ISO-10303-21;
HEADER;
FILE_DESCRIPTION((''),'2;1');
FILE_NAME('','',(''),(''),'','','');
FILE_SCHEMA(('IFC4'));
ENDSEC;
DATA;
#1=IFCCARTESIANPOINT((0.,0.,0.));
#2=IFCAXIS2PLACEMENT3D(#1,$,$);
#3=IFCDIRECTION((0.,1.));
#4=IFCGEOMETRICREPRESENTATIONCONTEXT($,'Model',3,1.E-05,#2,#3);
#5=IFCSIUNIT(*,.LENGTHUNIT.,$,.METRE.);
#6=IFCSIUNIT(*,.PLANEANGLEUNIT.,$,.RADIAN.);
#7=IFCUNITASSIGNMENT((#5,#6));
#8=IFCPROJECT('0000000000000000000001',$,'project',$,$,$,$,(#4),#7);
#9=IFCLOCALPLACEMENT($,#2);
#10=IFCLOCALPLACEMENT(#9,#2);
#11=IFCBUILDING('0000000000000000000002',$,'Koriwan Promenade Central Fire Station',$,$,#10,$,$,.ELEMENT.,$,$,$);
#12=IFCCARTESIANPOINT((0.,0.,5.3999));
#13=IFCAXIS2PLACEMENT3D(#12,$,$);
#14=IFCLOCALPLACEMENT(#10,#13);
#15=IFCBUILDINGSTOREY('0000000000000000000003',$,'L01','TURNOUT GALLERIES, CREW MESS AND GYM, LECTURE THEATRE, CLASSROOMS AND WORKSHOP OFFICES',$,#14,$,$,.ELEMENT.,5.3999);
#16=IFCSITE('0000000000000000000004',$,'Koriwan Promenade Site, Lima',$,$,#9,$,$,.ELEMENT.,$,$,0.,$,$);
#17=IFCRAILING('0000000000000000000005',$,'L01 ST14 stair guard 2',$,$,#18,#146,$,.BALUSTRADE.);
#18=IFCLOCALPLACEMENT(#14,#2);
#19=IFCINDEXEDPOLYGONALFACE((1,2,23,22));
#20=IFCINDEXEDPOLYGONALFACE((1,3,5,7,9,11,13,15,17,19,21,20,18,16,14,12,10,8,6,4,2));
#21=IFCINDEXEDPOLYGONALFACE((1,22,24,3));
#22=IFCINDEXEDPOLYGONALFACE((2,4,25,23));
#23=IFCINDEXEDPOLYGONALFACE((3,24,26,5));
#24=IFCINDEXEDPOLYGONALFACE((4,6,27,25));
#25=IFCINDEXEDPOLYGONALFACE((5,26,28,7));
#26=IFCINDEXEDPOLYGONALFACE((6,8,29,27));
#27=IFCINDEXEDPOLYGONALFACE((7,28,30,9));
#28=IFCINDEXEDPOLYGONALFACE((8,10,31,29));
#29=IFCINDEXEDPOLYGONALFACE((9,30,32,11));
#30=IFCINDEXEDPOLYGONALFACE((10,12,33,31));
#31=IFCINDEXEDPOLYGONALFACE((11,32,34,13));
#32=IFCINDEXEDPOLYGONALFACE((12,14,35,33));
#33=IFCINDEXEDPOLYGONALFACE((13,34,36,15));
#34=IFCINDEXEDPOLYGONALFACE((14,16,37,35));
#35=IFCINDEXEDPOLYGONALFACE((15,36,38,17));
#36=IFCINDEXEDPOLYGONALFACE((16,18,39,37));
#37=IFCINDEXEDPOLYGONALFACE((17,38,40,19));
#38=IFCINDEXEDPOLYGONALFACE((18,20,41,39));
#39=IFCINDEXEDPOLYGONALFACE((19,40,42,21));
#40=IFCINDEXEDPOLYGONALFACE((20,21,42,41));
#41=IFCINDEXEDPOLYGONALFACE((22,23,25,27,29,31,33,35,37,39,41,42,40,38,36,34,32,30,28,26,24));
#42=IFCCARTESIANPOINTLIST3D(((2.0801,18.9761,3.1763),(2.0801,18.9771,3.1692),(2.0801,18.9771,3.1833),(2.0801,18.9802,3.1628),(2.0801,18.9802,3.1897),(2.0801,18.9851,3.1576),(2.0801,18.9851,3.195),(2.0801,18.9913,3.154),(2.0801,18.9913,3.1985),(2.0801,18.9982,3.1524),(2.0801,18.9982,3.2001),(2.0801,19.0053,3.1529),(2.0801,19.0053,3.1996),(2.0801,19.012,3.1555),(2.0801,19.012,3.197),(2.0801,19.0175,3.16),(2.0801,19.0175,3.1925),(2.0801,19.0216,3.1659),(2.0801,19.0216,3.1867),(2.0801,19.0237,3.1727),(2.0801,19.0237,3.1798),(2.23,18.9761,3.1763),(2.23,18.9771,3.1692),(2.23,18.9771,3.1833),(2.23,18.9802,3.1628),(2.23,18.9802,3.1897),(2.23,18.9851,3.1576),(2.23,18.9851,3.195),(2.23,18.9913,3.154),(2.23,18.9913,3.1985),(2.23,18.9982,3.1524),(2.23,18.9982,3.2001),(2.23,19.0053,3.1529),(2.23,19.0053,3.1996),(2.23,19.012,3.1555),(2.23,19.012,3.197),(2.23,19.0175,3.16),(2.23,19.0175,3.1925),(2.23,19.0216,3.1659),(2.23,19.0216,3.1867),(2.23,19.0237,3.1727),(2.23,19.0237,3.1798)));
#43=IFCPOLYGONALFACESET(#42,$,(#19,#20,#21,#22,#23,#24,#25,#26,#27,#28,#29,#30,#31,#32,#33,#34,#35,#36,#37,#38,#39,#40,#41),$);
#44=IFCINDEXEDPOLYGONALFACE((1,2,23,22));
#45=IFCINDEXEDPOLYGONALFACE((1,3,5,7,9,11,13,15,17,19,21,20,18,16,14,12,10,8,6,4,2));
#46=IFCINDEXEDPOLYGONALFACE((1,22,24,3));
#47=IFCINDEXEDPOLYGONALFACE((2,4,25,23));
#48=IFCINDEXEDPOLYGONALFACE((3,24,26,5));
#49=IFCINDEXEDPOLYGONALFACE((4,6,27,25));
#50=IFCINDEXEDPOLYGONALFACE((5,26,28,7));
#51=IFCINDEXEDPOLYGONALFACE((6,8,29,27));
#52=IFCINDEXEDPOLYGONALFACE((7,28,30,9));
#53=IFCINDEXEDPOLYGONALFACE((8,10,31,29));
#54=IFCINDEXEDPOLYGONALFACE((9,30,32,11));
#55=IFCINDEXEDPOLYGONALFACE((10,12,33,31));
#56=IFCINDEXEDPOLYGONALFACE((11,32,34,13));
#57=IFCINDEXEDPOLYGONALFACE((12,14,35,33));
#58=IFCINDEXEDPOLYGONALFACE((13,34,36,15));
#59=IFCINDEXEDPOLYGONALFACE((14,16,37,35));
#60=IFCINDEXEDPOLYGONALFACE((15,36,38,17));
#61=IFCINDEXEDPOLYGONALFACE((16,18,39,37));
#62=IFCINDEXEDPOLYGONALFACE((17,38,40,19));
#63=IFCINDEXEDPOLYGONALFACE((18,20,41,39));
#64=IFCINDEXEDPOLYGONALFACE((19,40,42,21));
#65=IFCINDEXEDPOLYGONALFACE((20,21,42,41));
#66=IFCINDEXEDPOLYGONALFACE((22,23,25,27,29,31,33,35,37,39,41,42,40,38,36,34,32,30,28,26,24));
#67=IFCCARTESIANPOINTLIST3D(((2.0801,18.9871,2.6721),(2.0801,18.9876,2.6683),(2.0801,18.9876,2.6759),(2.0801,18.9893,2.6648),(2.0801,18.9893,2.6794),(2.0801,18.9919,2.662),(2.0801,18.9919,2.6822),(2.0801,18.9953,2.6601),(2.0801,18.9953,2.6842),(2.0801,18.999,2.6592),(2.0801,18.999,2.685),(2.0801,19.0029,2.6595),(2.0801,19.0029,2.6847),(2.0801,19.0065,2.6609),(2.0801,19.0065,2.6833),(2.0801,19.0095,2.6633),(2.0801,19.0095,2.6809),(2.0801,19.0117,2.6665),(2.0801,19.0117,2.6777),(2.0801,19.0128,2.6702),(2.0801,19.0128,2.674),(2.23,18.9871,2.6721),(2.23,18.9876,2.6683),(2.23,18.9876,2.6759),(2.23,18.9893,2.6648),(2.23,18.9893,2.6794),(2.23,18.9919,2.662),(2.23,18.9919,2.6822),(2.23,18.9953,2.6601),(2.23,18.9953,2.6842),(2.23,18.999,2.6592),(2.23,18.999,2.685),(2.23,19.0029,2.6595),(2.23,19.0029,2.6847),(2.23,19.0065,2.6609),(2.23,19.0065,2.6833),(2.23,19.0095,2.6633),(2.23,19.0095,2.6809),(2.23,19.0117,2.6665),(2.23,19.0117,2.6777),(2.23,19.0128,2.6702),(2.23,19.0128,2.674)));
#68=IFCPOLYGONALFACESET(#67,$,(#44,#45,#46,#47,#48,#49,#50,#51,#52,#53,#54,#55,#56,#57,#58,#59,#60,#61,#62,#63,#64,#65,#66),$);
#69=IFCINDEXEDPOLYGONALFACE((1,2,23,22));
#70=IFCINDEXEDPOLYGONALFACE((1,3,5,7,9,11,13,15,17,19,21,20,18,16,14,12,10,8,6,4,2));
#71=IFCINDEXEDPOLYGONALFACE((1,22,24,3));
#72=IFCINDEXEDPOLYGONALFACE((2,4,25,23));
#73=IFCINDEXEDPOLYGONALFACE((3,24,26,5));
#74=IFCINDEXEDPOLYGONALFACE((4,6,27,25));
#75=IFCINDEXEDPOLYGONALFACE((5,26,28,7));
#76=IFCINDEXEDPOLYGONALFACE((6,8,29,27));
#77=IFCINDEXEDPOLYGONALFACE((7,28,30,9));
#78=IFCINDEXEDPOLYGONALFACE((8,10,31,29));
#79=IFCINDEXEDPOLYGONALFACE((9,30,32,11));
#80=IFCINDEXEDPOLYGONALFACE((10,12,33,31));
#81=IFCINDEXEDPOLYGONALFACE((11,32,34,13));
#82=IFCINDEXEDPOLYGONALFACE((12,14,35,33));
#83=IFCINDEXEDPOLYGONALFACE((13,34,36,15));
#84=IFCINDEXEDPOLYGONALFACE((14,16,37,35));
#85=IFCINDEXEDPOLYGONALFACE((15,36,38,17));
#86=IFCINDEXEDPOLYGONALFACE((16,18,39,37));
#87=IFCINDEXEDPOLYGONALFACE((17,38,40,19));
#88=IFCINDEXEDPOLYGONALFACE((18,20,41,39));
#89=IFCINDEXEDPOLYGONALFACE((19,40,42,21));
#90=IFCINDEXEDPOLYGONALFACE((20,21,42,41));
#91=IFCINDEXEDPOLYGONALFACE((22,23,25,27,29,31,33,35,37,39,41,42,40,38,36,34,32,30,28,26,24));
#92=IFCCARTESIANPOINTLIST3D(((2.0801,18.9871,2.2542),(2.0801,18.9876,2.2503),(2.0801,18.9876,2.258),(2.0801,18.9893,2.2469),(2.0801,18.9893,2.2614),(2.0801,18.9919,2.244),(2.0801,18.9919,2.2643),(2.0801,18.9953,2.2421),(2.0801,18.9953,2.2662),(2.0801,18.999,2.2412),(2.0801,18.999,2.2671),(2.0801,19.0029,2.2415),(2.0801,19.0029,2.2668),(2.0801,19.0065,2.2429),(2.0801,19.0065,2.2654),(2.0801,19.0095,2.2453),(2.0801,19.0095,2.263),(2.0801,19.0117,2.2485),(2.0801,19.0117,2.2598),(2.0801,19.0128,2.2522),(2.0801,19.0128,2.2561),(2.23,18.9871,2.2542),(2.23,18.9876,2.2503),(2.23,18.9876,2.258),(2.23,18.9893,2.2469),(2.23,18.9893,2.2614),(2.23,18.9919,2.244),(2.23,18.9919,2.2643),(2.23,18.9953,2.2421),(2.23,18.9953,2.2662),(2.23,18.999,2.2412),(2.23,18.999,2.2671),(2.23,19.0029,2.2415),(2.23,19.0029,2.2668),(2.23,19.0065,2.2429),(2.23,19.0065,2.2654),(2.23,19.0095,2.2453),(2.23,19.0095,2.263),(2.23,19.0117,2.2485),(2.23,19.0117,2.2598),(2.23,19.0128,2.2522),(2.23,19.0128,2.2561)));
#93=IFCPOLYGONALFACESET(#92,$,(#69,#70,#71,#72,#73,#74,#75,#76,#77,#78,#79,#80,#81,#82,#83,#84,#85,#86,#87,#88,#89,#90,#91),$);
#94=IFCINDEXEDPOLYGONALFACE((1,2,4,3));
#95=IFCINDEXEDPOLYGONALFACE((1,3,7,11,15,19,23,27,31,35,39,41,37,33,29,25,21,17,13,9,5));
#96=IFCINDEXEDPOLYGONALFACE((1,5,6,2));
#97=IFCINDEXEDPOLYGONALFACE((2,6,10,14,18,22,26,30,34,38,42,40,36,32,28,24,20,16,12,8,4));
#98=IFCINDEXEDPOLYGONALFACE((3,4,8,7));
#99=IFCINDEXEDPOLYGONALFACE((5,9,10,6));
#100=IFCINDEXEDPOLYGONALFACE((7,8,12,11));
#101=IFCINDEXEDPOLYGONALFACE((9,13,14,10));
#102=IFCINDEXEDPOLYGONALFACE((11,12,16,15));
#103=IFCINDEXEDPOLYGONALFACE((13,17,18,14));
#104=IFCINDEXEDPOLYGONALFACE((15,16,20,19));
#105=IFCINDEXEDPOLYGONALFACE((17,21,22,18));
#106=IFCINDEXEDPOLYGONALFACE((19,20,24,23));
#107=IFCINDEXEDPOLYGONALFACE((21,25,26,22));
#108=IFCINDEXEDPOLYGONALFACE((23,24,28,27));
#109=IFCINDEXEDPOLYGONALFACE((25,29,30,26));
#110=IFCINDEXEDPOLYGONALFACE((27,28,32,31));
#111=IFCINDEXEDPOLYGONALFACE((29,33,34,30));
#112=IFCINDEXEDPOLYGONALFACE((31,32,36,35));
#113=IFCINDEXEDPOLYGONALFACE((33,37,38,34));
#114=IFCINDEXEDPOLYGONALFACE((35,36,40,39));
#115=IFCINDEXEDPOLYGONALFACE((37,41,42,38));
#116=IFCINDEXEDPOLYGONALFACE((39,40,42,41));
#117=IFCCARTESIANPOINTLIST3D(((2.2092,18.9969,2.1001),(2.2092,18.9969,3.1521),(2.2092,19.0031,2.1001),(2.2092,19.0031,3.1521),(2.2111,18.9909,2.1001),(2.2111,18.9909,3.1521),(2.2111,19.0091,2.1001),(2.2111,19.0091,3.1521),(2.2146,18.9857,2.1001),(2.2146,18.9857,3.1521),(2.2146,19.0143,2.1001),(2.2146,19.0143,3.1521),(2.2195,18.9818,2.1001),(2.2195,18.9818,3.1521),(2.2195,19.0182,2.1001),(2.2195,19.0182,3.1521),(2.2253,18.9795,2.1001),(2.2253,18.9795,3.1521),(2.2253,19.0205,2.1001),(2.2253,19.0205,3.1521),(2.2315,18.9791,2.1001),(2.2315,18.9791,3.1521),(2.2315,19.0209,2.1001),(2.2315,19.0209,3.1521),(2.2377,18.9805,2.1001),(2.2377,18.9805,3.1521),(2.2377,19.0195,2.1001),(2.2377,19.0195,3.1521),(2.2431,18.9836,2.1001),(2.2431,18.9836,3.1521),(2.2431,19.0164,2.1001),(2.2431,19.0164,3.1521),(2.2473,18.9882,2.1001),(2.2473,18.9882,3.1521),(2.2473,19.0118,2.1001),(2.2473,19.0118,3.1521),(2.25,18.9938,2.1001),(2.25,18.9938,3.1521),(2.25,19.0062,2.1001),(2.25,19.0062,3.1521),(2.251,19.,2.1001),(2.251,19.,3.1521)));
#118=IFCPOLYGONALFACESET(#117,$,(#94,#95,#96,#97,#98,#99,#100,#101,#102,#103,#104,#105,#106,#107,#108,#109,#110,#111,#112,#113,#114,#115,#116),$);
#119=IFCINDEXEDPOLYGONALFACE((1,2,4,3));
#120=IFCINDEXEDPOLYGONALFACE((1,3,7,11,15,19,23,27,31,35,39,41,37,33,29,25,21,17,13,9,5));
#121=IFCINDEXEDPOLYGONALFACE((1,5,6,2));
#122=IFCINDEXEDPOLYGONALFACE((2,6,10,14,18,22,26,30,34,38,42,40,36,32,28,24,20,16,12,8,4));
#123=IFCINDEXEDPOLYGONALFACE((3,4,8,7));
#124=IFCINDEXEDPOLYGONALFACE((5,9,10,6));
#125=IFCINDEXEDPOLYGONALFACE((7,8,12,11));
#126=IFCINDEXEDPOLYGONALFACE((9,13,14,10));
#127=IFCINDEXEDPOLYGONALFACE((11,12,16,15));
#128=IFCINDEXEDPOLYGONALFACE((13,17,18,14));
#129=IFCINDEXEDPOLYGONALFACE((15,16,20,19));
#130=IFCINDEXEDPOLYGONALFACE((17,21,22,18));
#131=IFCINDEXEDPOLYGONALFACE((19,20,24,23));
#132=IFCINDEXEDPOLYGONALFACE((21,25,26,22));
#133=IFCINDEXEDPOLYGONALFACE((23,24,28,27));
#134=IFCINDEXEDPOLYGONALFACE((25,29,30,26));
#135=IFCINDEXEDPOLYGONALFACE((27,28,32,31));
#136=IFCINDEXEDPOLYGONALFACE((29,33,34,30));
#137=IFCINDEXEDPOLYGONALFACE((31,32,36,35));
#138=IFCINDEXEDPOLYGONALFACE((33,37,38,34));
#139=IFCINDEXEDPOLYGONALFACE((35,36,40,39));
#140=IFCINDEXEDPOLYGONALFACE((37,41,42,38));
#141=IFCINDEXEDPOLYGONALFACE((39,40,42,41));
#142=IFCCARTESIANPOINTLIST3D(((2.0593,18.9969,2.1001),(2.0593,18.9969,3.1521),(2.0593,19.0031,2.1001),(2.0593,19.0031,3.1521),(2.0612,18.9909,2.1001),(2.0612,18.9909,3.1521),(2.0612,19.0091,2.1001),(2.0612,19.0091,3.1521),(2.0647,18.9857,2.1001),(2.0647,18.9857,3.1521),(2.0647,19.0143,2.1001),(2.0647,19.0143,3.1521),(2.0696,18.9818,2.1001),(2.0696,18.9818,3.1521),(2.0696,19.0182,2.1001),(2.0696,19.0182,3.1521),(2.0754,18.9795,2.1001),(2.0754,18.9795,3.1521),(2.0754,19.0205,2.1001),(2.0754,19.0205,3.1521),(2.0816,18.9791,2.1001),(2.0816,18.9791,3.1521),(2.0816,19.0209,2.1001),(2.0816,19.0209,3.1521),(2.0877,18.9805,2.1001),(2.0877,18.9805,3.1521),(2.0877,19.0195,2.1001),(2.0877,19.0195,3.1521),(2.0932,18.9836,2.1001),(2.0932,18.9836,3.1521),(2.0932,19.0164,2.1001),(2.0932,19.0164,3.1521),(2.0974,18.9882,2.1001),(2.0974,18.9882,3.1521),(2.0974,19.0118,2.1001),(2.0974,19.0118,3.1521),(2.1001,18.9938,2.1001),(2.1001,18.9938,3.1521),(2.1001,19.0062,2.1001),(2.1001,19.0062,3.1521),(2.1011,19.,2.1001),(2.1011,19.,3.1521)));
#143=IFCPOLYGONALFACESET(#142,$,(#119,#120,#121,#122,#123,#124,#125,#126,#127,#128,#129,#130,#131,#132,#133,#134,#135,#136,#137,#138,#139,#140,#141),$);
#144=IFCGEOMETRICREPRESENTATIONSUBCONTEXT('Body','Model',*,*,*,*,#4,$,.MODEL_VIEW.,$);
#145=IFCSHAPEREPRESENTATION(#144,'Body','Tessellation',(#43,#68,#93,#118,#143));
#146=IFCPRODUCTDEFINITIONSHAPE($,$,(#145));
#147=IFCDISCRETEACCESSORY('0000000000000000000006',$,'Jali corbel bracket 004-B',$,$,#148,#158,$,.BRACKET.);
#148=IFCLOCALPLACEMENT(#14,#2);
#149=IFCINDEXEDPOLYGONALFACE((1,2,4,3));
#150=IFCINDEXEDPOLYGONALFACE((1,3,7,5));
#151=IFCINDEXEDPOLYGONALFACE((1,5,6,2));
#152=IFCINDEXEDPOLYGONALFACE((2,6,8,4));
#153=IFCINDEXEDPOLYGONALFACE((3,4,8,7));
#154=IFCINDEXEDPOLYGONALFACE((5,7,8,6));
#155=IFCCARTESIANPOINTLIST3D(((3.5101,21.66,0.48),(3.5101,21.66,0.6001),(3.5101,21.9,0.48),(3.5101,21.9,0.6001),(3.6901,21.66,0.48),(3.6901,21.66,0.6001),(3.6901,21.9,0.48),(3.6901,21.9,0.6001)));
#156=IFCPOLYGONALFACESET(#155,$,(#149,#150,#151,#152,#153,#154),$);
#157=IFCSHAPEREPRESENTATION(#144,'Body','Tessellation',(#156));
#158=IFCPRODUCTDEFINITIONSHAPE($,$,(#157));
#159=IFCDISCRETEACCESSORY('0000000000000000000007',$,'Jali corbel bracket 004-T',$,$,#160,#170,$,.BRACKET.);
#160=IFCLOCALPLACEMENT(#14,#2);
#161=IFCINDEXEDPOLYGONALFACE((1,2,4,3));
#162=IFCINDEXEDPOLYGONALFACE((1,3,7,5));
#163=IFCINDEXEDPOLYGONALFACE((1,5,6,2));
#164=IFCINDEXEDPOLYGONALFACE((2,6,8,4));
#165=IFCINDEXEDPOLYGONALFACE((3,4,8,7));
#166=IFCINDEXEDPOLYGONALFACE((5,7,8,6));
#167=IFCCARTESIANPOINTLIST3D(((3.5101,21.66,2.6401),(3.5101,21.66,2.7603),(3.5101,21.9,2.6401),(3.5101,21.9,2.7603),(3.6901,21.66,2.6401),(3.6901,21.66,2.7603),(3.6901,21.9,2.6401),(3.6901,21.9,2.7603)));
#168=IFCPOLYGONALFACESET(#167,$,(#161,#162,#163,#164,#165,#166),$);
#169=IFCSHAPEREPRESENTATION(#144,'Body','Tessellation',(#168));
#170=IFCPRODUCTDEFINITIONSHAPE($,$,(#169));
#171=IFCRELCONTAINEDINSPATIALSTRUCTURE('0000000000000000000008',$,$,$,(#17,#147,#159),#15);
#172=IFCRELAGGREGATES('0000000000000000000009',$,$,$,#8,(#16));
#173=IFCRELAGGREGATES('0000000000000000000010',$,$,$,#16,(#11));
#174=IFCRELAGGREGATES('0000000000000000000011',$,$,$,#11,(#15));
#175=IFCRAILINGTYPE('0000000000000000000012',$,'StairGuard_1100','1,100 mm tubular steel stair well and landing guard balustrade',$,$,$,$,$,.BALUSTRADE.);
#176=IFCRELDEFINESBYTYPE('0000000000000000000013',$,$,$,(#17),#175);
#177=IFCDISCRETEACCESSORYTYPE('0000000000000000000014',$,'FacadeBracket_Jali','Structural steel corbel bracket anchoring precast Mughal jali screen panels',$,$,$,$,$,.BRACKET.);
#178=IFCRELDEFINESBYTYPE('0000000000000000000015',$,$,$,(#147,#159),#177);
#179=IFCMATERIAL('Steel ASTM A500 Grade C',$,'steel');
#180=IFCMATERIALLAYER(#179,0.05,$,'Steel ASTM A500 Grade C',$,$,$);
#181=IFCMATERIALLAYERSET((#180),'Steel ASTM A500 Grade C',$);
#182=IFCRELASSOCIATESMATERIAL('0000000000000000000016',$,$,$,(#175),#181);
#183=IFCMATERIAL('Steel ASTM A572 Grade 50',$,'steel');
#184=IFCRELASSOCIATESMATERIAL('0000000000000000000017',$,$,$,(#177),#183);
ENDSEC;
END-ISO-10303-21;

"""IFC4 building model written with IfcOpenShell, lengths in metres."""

from ifc_helpers import new_model, si_unit, direction, frame, origin, origin_2d, place, context, subcontext, project, spatial, rectangle, circle, extrude, material, layer, layer_set, type_object, element, save


model = new_model("IFC4")

# Units and contexts
model_context = context("Model", 3, precision=1e-05, world=origin(), true_north=direction((0.0, 1.0)))
body_context = subcontext(model_context, "Body", "Model", "MODEL_VIEW")
ifc_project = project(units=[si_unit("LENGTHUNIT", "METRE"), si_unit("PLANEANGLEUNIT", "RADIAN")], contexts=[model_context])

# Site, building, storey
site_placement = place(None, origin())
site = spatial("IfcSite", under=ifc_project, at=site_placement, Name="Koriwan Promenade Site, Lima", CompositionType="ELEMENT", RefElevation=0.0)
building_placement = place(site_placement, origin())
building = spatial("IfcBuilding", under=site, at=building_placement, Name="Koriwan Promenade Central Fire Station", CompositionType="ELEMENT")
storey_placement = place(building_placement, frame((0.0, 0.0, 5.3999)))
storey = spatial("IfcBuildingStorey", under=building, at=storey_placement, Name="L01", Description="TURNOUT GALLERIES, CREW MESS AND GYM, LECTURE THEATRE, CLASSROOMS AND WORKSHOP OFFICES", CompositionType="ELEMENT", Elevation=5.3999)

# Shared definitions
ifc_material_1 = material(Name="Steel ASTM A500 Grade C", Category="steel")

# Shared definitions
ifc_material_2 = material(Name="Steel ASTM A572 Grade 50", Category="steel")

# Railing
ifc_layer_1 = layer(ifc_material_1, 0.05, Name="Steel ASTM A500 Grade C")
ifc_layer_set_1 = layer_set([ifc_layer_1], Name="Steel ASTM A500 Grade C")
railing_type = type_object("IfcRailingType", Name="StairGuard_1100", Description="1,100 mm tubular steel stair well and landing guard balustrade", PredefinedType="BALUSTRADE", material=ifc_layer_set_1)
railing_1_placement = place(storey_placement, frame((2.23, 19.0, 2.1001)))
element("IfcRailing", 1, at=railing_1_placement, inside=storey, type_object=railing_type, Name="L01 ST14 stair guard 2", PredefinedType="BALUSTRADE", context=body_context, shape_type="SweptSolid", body=[
    extrude(circle(Radius=0.0239, at=origin_2d()), frame((0.0, 0.0, 1.0762), z_axis=(-1.0, 0.0, 0.0), x_axis=(0.0, -1.0, 0.0)), (0.0, 0.0, 1.0), 0.1499),
    extrude(circle(Radius=0.0129, at=origin_2d()), frame((0.0, 0.0, 0.572), z_axis=(-1.0, 0.0, 0.0), x_axis=(0.0, -1.0, 0.0)), (0.0, 0.0, 1.0), 0.1499),
    extrude(circle(Radius=0.0129, at=origin_2d()), frame((0.0, 0.0, 0.1541), z_axis=(-1.0, 0.0, 0.0), x_axis=(0.0, -1.0, 0.0)), (0.0, 0.0, 1.0), 0.1499),
    extrude(circle(Radius=0.021, at=origin_2d()), origin(), (0.0, 0.0, 1.0), 1.052),
    extrude(circle(Radius=0.021, at=origin_2d()), frame((-0.1499, 0.0, 0.0)), (0.0, 0.0, 1.0), 1.052),
])

# Discrete accessories
discrete_accessory_type = type_object("IfcDiscreteAccessoryType", Name="FacadeBracket_Jali", Description="Structural steel corbel bracket anchoring precast Mughal jali screen panels", PredefinedType="BRACKET", material=ifc_material_2)
for number, where, z_axis, x_axis, name in (
    (2, (3.6001, 21.78, 0.48), (0.0, 0.0, 1.0), (0.0, 1.0, 0.0), "Jali corbel bracket 004-B"),
    (3, (3.6001, 21.78, 2.6401), (0.0, 0.0, 1.0), (0.0, 1.0, 0.0), "Jali corbel bracket 004-T"),
):
    element("IfcDiscreteAccessory", number, at=place(storey_placement, frame(where, z_axis=z_axis, x_axis=x_axis)), inside=storey, type_object=discrete_accessory_type, Name=name, PredefinedType="BRACKET", context=body_context, shape_type="SweptSolid", body=[
        extrude(rectangle(XDim=0.24, YDim=0.1799, at=origin_2d()), origin(), (0.0, 0.0, 1.0), 0.1201),
    ])

save(model, "model.ifc")
